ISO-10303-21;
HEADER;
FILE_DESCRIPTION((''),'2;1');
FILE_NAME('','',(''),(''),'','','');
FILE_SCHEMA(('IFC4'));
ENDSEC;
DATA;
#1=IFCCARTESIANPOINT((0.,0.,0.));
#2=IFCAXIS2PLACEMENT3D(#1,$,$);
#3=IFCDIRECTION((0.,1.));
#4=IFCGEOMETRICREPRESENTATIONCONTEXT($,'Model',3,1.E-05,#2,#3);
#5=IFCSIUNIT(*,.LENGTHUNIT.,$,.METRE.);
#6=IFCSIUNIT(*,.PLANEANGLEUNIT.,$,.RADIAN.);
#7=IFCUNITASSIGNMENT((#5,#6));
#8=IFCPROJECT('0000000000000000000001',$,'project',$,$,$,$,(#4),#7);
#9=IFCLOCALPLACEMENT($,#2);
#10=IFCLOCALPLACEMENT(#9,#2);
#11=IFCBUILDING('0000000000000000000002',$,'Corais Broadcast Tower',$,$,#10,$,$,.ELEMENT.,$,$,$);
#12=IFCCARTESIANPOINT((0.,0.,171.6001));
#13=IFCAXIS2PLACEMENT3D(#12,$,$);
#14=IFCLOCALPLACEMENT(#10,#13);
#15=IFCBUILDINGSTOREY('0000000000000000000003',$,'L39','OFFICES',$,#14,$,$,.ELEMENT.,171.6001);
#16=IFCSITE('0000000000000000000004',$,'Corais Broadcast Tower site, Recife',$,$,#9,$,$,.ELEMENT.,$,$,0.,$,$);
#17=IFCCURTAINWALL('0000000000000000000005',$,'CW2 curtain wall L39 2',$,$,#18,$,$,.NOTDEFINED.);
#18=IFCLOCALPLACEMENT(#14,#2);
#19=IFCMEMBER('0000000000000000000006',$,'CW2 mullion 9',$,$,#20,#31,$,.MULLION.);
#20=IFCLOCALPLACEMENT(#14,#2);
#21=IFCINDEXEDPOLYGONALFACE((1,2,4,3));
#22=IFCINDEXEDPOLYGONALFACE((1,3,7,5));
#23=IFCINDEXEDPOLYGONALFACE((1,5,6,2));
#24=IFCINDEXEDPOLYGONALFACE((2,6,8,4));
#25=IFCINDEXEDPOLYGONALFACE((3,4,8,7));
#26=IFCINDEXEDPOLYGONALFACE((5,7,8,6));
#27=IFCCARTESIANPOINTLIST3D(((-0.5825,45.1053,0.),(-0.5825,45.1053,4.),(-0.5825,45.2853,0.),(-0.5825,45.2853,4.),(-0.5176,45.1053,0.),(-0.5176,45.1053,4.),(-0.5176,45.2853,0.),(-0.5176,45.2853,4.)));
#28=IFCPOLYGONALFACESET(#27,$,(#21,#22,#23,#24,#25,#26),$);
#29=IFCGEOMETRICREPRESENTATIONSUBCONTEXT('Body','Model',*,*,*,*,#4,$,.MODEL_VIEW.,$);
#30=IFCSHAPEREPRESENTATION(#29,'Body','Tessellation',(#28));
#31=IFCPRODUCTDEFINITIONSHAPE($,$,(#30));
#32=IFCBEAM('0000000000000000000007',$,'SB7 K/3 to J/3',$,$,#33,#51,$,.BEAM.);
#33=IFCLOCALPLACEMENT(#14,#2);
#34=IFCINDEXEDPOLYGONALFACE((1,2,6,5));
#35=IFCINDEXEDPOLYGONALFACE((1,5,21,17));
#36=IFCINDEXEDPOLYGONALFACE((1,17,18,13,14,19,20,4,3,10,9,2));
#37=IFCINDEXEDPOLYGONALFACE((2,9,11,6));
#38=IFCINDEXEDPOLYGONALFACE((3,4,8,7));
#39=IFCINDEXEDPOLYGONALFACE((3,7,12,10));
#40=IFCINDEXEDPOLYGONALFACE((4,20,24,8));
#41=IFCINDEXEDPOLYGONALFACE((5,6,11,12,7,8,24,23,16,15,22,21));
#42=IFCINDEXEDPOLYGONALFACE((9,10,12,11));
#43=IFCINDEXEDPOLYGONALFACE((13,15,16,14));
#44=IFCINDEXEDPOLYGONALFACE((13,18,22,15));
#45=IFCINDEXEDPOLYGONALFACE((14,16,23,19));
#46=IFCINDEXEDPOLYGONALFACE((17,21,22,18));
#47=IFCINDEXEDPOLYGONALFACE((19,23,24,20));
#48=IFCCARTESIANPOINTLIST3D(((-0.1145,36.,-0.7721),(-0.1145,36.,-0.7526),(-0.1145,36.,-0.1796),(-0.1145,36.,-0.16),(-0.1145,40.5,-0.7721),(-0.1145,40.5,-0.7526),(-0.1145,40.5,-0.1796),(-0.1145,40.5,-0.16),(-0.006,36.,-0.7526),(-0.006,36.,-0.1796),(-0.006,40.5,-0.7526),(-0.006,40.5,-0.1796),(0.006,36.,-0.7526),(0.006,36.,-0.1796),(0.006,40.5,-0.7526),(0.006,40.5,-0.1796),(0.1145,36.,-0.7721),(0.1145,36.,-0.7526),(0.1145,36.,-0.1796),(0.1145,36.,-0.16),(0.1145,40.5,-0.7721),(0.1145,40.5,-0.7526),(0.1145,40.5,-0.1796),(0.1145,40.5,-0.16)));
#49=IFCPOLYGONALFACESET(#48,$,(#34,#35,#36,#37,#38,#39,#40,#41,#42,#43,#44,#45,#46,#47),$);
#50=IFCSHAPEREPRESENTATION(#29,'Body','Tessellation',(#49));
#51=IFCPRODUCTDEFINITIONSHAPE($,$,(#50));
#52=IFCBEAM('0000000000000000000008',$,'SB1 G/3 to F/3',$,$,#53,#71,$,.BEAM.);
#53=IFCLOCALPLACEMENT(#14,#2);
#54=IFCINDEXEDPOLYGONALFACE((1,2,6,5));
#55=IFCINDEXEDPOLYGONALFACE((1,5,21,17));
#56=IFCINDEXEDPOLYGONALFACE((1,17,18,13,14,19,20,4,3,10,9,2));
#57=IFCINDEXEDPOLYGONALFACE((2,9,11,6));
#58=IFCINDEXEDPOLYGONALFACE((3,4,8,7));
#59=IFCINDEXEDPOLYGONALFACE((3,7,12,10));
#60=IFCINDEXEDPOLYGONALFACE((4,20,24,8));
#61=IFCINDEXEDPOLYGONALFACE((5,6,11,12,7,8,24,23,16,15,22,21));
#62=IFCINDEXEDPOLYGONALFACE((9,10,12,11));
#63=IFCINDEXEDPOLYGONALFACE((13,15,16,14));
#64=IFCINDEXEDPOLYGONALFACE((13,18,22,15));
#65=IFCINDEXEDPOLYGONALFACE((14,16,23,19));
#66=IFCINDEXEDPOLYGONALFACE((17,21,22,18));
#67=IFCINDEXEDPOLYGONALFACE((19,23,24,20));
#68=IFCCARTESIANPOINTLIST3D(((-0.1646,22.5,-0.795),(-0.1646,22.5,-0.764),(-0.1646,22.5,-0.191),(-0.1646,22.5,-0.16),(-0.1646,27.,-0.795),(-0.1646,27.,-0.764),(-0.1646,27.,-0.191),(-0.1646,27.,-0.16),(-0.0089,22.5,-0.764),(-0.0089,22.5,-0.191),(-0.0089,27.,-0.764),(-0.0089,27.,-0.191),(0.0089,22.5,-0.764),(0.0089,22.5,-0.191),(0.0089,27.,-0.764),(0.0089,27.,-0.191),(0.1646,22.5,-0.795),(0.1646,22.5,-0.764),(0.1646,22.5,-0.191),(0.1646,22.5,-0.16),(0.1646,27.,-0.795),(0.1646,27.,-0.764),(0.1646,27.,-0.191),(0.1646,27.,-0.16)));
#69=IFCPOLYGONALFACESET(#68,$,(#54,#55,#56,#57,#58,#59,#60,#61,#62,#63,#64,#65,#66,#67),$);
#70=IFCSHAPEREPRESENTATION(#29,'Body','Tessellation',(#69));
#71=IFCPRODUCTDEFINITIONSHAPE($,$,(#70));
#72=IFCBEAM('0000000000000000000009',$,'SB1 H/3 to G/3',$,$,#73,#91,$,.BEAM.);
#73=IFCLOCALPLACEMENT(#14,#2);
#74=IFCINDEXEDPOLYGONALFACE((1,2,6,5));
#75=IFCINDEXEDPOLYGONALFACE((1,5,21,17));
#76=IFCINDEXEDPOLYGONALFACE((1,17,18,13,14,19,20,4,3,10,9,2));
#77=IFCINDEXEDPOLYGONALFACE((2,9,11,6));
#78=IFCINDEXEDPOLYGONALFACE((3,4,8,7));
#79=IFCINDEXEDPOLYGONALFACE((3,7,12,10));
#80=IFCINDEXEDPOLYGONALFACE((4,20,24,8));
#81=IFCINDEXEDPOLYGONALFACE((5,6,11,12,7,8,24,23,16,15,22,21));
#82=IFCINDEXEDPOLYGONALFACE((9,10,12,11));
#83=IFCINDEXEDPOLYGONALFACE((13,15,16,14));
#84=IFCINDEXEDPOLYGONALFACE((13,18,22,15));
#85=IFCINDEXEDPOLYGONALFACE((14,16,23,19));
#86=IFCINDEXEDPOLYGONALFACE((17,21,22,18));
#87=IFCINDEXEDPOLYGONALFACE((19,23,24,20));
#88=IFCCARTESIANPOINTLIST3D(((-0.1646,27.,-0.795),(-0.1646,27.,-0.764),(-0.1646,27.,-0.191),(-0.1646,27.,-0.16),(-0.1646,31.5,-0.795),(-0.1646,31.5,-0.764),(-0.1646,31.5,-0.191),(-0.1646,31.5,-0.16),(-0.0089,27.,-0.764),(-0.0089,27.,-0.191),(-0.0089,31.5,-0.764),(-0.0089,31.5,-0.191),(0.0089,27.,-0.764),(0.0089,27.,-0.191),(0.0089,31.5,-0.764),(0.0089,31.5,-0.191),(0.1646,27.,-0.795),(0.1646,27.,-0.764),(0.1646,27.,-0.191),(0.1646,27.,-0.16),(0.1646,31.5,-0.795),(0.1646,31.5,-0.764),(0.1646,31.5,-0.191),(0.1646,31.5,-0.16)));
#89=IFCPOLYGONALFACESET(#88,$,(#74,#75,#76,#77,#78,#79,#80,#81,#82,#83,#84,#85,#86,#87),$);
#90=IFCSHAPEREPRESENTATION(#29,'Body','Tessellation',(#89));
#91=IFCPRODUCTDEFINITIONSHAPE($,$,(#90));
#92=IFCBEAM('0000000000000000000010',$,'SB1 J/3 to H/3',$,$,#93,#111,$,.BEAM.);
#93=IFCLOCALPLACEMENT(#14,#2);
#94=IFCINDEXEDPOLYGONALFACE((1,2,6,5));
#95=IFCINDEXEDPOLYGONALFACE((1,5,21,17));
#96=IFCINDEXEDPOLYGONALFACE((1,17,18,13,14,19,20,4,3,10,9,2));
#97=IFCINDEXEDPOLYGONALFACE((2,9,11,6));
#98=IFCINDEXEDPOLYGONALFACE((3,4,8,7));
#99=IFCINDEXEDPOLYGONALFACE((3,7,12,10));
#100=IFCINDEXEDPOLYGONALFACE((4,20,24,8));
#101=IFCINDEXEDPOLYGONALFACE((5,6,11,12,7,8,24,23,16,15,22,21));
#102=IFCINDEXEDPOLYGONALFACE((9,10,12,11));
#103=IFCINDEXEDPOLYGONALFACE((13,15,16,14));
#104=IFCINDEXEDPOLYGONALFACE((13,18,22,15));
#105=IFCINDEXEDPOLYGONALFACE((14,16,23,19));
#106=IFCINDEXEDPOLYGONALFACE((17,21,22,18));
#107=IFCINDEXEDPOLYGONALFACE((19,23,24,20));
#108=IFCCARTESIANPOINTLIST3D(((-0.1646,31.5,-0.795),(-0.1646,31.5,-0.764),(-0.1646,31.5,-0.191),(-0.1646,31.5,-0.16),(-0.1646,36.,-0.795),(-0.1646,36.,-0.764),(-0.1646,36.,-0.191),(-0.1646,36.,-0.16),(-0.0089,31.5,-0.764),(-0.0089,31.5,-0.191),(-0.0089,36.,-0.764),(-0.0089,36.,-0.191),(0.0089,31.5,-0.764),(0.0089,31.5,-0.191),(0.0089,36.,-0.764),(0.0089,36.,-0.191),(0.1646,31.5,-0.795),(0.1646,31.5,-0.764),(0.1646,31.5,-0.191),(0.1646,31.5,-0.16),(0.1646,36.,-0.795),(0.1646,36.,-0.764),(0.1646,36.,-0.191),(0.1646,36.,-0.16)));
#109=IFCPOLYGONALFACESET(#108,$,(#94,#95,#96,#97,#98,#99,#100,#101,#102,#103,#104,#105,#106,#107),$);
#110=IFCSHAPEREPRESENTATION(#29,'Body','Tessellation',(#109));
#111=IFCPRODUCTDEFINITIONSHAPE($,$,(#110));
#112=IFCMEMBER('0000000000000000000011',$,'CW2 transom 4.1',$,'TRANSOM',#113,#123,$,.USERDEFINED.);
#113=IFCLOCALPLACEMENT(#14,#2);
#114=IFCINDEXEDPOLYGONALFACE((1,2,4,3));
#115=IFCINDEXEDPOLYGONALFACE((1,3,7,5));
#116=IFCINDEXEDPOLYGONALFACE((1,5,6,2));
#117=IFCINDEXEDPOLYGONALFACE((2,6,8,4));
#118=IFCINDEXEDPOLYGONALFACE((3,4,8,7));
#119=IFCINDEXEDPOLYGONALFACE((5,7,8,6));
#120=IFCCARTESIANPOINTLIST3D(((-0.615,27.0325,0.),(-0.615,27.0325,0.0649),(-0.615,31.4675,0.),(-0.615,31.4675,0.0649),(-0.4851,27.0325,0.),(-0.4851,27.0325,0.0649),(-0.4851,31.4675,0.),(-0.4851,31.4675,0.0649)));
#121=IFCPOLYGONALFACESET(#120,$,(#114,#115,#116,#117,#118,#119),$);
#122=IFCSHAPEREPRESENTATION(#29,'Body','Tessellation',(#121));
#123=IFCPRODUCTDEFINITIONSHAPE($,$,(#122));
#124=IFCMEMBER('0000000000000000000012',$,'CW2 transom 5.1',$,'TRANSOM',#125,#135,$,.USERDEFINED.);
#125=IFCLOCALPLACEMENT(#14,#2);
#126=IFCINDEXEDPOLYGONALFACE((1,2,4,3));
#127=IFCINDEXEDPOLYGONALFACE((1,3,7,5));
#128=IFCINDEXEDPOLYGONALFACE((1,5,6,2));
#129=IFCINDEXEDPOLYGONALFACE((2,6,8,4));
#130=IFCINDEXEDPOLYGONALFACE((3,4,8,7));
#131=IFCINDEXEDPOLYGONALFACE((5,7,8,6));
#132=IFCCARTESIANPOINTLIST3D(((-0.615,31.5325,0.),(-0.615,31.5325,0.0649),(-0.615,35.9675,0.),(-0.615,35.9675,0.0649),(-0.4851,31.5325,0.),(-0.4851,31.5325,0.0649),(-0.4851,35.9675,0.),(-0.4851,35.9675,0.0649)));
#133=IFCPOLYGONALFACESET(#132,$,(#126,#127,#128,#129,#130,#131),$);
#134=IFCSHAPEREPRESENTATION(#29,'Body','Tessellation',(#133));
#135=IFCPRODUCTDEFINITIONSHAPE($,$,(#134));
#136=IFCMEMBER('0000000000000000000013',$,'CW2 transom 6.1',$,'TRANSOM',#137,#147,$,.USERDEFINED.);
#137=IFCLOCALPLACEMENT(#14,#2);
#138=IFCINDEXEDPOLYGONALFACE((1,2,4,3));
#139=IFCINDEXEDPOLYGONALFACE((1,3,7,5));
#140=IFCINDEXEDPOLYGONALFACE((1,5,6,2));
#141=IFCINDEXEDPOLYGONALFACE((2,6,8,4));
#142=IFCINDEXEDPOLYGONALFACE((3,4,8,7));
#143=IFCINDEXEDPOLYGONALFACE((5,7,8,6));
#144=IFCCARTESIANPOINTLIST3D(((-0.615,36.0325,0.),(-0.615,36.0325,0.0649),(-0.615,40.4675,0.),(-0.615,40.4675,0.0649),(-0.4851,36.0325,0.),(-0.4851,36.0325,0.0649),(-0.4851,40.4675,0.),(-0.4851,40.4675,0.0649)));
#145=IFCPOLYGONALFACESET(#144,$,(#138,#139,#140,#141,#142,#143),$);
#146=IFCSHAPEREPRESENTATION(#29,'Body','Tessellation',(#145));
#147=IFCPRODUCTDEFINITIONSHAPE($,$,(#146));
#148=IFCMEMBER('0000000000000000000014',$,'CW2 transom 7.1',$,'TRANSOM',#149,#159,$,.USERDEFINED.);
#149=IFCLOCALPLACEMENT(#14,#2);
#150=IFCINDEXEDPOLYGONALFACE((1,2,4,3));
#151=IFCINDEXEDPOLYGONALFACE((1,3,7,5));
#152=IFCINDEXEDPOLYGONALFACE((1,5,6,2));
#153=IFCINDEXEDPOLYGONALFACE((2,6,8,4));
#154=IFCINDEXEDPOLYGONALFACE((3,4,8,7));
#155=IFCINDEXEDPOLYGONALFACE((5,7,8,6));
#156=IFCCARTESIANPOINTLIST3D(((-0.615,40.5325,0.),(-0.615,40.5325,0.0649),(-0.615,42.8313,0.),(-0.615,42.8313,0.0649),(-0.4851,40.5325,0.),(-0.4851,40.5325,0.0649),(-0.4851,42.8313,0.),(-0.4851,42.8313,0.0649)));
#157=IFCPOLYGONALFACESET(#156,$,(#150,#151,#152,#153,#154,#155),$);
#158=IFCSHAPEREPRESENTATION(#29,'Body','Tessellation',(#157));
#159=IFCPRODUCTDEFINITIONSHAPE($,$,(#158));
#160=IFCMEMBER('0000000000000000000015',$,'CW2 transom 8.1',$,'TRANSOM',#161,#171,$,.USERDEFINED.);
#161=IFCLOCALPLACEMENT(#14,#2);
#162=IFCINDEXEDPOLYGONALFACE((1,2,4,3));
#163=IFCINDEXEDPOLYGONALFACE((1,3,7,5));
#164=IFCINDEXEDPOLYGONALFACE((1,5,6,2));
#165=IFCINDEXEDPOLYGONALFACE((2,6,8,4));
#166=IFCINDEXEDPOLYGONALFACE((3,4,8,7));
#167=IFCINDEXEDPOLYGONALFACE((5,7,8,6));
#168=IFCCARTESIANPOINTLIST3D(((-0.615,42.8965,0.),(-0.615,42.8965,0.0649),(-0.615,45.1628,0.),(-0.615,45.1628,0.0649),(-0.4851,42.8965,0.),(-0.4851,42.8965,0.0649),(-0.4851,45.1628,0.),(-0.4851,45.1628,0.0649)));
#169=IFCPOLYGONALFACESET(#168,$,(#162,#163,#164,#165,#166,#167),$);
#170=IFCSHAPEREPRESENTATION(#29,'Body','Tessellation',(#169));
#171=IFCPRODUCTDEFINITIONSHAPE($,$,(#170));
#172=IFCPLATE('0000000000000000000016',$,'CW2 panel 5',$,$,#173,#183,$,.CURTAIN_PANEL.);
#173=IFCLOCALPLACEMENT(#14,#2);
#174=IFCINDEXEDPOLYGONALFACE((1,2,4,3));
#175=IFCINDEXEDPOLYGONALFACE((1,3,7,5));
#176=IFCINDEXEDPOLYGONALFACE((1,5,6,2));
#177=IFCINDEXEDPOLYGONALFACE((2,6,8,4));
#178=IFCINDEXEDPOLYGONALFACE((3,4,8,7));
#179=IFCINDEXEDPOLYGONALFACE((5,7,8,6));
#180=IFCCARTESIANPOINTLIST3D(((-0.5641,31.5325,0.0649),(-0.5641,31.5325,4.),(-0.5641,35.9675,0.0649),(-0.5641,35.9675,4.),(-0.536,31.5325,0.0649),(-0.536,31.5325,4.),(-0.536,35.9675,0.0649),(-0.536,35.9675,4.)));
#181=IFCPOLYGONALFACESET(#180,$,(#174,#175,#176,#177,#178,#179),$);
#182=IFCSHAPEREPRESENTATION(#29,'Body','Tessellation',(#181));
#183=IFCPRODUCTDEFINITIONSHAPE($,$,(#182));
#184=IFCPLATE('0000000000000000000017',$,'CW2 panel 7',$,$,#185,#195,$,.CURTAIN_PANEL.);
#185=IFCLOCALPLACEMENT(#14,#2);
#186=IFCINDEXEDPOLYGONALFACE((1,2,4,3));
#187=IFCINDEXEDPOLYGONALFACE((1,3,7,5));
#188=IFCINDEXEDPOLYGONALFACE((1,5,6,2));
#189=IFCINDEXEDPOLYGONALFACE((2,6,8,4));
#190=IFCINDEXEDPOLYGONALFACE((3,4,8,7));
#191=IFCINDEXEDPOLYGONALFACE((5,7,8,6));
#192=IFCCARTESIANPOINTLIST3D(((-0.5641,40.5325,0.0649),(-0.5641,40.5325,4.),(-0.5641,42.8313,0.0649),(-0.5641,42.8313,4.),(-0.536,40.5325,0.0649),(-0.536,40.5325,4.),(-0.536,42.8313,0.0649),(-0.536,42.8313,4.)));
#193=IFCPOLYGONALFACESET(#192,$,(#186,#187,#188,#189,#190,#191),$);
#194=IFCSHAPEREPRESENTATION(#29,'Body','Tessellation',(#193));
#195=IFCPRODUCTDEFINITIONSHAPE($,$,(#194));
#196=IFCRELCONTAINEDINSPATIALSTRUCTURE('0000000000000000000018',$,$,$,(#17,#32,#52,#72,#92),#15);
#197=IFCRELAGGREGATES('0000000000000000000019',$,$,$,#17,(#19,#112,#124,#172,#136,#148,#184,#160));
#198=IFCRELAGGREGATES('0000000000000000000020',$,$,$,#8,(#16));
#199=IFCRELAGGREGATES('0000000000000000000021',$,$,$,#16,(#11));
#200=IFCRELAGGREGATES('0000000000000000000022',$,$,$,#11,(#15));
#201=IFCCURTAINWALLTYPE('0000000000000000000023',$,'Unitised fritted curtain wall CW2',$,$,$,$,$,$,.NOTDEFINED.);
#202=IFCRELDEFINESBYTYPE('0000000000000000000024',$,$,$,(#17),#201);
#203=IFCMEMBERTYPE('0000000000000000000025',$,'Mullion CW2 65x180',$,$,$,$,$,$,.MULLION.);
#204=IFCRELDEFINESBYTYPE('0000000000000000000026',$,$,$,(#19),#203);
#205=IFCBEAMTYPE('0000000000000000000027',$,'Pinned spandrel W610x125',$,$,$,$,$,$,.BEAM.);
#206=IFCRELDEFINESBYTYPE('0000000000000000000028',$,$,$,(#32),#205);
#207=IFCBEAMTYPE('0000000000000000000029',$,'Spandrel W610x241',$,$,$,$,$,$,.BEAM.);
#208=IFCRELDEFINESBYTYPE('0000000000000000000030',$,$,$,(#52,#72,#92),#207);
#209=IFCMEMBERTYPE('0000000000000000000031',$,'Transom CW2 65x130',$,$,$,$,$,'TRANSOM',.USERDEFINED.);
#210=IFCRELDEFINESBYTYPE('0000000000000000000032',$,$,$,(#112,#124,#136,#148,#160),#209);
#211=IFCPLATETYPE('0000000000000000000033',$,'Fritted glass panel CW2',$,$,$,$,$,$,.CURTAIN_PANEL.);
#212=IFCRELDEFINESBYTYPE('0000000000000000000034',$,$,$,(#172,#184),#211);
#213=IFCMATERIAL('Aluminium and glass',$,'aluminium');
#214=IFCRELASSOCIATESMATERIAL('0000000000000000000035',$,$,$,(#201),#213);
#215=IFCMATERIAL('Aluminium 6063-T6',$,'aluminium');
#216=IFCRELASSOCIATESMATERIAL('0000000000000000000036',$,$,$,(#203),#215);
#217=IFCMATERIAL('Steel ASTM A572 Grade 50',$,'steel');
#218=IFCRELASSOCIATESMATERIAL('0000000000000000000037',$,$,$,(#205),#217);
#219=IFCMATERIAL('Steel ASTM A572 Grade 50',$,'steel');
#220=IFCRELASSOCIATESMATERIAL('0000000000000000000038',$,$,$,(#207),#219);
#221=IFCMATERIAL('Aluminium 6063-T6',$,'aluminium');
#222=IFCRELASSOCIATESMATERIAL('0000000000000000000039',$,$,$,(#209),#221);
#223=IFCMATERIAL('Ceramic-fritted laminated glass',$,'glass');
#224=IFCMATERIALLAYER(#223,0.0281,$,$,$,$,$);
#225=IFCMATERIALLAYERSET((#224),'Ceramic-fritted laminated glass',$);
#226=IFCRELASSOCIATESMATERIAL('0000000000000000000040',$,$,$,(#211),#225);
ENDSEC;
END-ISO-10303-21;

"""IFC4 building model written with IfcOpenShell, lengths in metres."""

from ifc_helpers import new_model, si_unit, direction, frame, origin, origin_2d, place, context, subcontext, project, spatial, rectangle, i_section, extrude, material, layer, layer_set, material_profile, profile_set, type_object, element, aggregate, save


model = new_model("IFC4")

# Units and contexts
model_context = context("Model", 3, precision=1e-05, world=origin(), true_north=direction((0.0, 1.0)))
body_context = subcontext(model_context, "Body", "Model", "MODEL_VIEW")
ifc_project = project(units=[si_unit("LENGTHUNIT", "METRE"), si_unit("PLANEANGLEUNIT", "RADIAN")], contexts=[model_context])

# Site, building, storey
site_placement = place(None, origin())
site = spatial("IfcSite", under=ifc_project, at=site_placement, Name="Corais Broadcast Tower site, Recife", CompositionType="ELEMENT", RefElevation=0.0)
building_placement = place(site_placement, origin())
building = spatial("IfcBuilding", under=site, at=building_placement, Name="Corais Broadcast Tower", CompositionType="ELEMENT")
storey_placement = place(building_placement, frame((0.0, 0.0, 171.6001)))
storey = spatial("IfcBuildingStorey", under=building, at=storey_placement, Name="L39", Description="OFFICES", CompositionType="ELEMENT", Elevation=171.6001)

# Curtain wall, member
ifc_material_1 = material(Name="Aluminium and glass", Category="aluminium")
curtain_wall_type = type_object("IfcCurtainWallType", Name="Unitised fritted curtain wall CW2", PredefinedType="NOTDEFINED", material=ifc_material_1)
curtain_wall_placement = place(storey_placement, origin())
curtain_wall = element("IfcCurtainWall", 1, at=curtain_wall_placement, inside=storey, type_object=curtain_wall_type, Name="CW2 curtain wall L39 2", PredefinedType="NOTDEFINED")
ifc_material_2 = material(Name="Aluminium 6063-T6", Category="aluminium")
ifc_material_profile_1 = material_profile(ifc_material_2, rectangle(XDim=0.0649, YDim=0.1799, at=origin_2d()), Name="Mullion CW2 65x180")
ifc_profile_set_1 = profile_set([ifc_material_profile_1], Name="Aluminium 6063-T6")
member_type_1 = type_object("IfcMemberType", Name="Mullion CW2 65x180", PredefinedType="MULLION", material=ifc_profile_set_1)
member_1_placement = place(storey_placement, frame((-0.55, 45.1953, 0.0), z_axis=(0.0, 0.0, 1.0), x_axis=(-1.0, 0.0, 0.0)))
member_1 = element("IfcMember", 2, at=member_1_placement, type_object=member_type_1, Name="CW2 mullion 9", PredefinedType="MULLION", context=body_context, shape_type="SweptSolid", body=[
    extrude(rectangle(XDim=0.0649, YDim=0.1799, at=origin_2d()), origin(), (0.0, 0.0, 1.0), 4.0),
])

# Beams
ifc_material_3 = material(Name="Steel ASTM A572 Grade 50", Category="steel")
ifc_material_profile_2 = material_profile(ifc_material_3, i_section(OverallWidth=0.229, OverallDepth=0.6121, WebThickness=0.012, FlangeThickness=0.0195, at=origin_2d()), Name="W610x125")
ifc_profile_set_2 = profile_set([ifc_material_profile_2], Name="Steel ASTM A572 Grade 50")
beam_type_1 = type_object("IfcBeamType", Name="Pinned spandrel W610x125", PredefinedType="BEAM", material=ifc_profile_set_2)
beam_placement = place(storey_placement, frame((0.0, 40.5, -0.4661), z_axis=(0.0, -1.0, 0.0), x_axis=(1.0, 0.0, 0.0)))
element("IfcBeam", 3, at=beam_placement, inside=storey, type_object=beam_type_1, Name="SB7 K/3 to J/3", PredefinedType="BEAM", context=body_context, shape_type="SweptSolid", body=[
    extrude(i_section(OverallWidth=0.229, OverallDepth=0.6121, WebThickness=0.012, FlangeThickness=0.0195, at=origin_2d()), origin(), (0.0, 0.0, 1.0), 4.5),
])
ifc_material_4 = material(Name="Steel ASTM A572 Grade 50", Category="steel")
ifc_material_profile_3 = material_profile(ifc_material_4, i_section(OverallWidth=0.3291, OverallDepth=0.635, WebThickness=0.0178, FlangeThickness=0.031, at=origin_2d()), Name="W610x241")
ifc_profile_set_3 = profile_set([ifc_material_profile_3], Name="Steel ASTM A572 Grade 50")
beam_type_2 = type_object("IfcBeamType", Name="Spandrel W610x241", PredefinedType="BEAM", material=ifc_profile_set_3)
for number, where, z_axis, x_axis, name in (
    (4, (0.0, 27.0, -0.4775), (0.0, -1.0, 0.0), (1.0, 0.0, 0.0), "SB1 G/3 to F/3"),
    (5, (0.0, 31.5, -0.4775), (0.0, -1.0, 0.0), (1.0, 0.0, 0.0), "SB1 H/3 to G/3"),
    (6, (0.0, 36.0, -0.4775), (0.0, -1.0, 0.0), (1.0, 0.0, 0.0), "SB1 J/3 to H/3"),
):
    element("IfcBeam", number, at=place(storey_placement, frame(where, z_axis=z_axis, x_axis=x_axis)), inside=storey, type_object=beam_type_2, Name=name, PredefinedType="BEAM", context=body_context, shape_type="SweptSolid", body=[
        extrude(i_section(OverallWidth=0.3291, OverallDepth=0.635, WebThickness=0.0178, FlangeThickness=0.031, at=origin_2d()), origin(), (0.0, 0.0, 1.0), 4.5),
    ])

# Members
ifc_material_5 = material(Name="Aluminium 6063-T6", Category="aluminium")
ifc_material_profile_4 = material_profile(ifc_material_5, rectangle(XDim=0.1299, YDim=0.0649, at=origin_2d()), Name="Transom CW2 65x130")
ifc_profile_set_4 = profile_set([ifc_material_profile_4], Name="Aluminium 6063-T6")
member_type_2 = type_object("IfcMemberType", Name="Transom CW2 65x130", ElementType="TRANSOM", PredefinedType="USERDEFINED", material=ifc_profile_set_4)
member_2_placement = place(storey_placement, frame((-0.55, 27.0325, 0.0325), z_axis=(0.0, 1.0, 0.0), x_axis=(-1.0, 0.0, 0.0)))
member_2 = element("IfcMember", 7, at=member_2_placement, type_object=member_type_2, Name="CW2 transom 4.1", ObjectType="TRANSOM", PredefinedType="USERDEFINED", context=body_context, shape_type="SweptSolid", body=[
    extrude(rectangle(XDim=0.1299, YDim=0.0649, at=origin_2d()), origin(), (0.0, 0.0, 1.0), 4.4351),
])
member_3_placement = place(storey_placement, frame((-0.55, 31.5325, 0.0325), z_axis=(0.0, 1.0, 0.0), x_axis=(-1.0, 0.0, 0.0)))
member_3 = element("IfcMember", 8, at=member_3_placement, type_object=member_type_2, Name="CW2 transom 5.1", ObjectType="TRANSOM", PredefinedType="USERDEFINED", context=body_context, shape_type="SweptSolid", body=[
    extrude(rectangle(XDim=0.1299, YDim=0.0649, at=origin_2d()), origin(), (0.0, 0.0, 1.0), 4.4351),
])
member_4_placement = place(storey_placement, frame((-0.55, 36.0325, 0.0325), z_axis=(0.0, 1.0, 0.0), x_axis=(-1.0, 0.0, 0.0)))
member_4 = element("IfcMember", 9, at=member_4_placement, type_object=member_type_2, Name="CW2 transom 6.1", ObjectType="TRANSOM", PredefinedType="USERDEFINED", context=body_context, shape_type="SweptSolid", body=[
    extrude(rectangle(XDim=0.1299, YDim=0.0649, at=origin_2d()), origin(), (0.0, 0.0, 1.0), 4.4351),
])
member_5_placement = place(storey_placement, frame((-0.55, 40.5325, 0.0325), z_axis=(0.0, 1.0, 0.0), x_axis=(-1.0, 0.0, 0.0)))
member_5 = element("IfcMember", 10, at=member_5_placement, type_object=member_type_2, Name="CW2 transom 7.1", ObjectType="TRANSOM", PredefinedType="USERDEFINED", context=body_context, shape_type="SweptSolid", body=[
    extrude(rectangle(XDim=0.1299, YDim=0.0649, at=origin_2d()), origin(), (0.0, 0.0, 1.0), 2.2988),
])
member_6_placement = place(storey_placement, frame((-0.55, 42.8965, 0.0325), z_axis=(0.0, 1.0, 0.0), x_axis=(-1.0, 0.0, 0.0)))
member_6 = element("IfcMember", 11, at=member_6_placement, type_object=member_type_2, Name="CW2 transom 8.1", ObjectType="TRANSOM", PredefinedType="USERDEFINED", context=body_context, shape_type="SweptSolid", body=[
    extrude(rectangle(XDim=0.1299, YDim=0.0649, at=origin_2d()), origin(), (0.0, 0.0, 1.0), 2.2664),
])

# Plates
ifc_material_6 = material(Name="Ceramic-fritted laminated glass", Category="glass")
ifc_layer_1 = layer(ifc_material_6, 0.0281)
ifc_layer_set_1 = layer_set([ifc_layer_1], Name="Ceramic-fritted laminated glass")
plate_type_1 = type_object("IfcPlateType", Name="Fritted glass panel CW2", PredefinedType="CURTAIN_PANEL", material=ifc_layer_set_1)
plate_1_placement = place(storey_placement, frame((-0.55, 33.75, 0.0649), z_axis=(0.0, 0.0, 1.0), x_axis=(0.0, 1.0, 0.0)))
plate_1 = element("IfcPlate", 12, at=plate_1_placement, type_object=plate_type_1, Name="CW2 panel 5", PredefinedType="CURTAIN_PANEL", context=body_context, shape_type="SweptSolid", body=[
    extrude(rectangle(XDim=4.4351, YDim=0.0281, at=origin_2d()), origin(), (0.0, 0.0, 1.0), 3.9351),
])
plate_2_placement = place(storey_placement, frame((-0.55, 41.6819, 0.0649), z_axis=(0.0, 0.0, 1.0), x_axis=(0.0, 1.0, 0.0)))
plate_2 = element("IfcPlate", 13, at=plate_2_placement, type_object=plate_type_1, Name="CW2 panel 7", PredefinedType="CURTAIN_PANEL", context=body_context, shape_type="SweptSolid", body=[
    extrude(rectangle(XDim=2.2988, YDim=0.0281, at=origin_2d()), origin(), (0.0, 0.0, 1.0), 3.9351),
])
aggregate(curtain_wall, [member_1, member_2, member_3, plate_1, member_4, member_5, plate_2, member_6])

save(model, "model.ifc")
